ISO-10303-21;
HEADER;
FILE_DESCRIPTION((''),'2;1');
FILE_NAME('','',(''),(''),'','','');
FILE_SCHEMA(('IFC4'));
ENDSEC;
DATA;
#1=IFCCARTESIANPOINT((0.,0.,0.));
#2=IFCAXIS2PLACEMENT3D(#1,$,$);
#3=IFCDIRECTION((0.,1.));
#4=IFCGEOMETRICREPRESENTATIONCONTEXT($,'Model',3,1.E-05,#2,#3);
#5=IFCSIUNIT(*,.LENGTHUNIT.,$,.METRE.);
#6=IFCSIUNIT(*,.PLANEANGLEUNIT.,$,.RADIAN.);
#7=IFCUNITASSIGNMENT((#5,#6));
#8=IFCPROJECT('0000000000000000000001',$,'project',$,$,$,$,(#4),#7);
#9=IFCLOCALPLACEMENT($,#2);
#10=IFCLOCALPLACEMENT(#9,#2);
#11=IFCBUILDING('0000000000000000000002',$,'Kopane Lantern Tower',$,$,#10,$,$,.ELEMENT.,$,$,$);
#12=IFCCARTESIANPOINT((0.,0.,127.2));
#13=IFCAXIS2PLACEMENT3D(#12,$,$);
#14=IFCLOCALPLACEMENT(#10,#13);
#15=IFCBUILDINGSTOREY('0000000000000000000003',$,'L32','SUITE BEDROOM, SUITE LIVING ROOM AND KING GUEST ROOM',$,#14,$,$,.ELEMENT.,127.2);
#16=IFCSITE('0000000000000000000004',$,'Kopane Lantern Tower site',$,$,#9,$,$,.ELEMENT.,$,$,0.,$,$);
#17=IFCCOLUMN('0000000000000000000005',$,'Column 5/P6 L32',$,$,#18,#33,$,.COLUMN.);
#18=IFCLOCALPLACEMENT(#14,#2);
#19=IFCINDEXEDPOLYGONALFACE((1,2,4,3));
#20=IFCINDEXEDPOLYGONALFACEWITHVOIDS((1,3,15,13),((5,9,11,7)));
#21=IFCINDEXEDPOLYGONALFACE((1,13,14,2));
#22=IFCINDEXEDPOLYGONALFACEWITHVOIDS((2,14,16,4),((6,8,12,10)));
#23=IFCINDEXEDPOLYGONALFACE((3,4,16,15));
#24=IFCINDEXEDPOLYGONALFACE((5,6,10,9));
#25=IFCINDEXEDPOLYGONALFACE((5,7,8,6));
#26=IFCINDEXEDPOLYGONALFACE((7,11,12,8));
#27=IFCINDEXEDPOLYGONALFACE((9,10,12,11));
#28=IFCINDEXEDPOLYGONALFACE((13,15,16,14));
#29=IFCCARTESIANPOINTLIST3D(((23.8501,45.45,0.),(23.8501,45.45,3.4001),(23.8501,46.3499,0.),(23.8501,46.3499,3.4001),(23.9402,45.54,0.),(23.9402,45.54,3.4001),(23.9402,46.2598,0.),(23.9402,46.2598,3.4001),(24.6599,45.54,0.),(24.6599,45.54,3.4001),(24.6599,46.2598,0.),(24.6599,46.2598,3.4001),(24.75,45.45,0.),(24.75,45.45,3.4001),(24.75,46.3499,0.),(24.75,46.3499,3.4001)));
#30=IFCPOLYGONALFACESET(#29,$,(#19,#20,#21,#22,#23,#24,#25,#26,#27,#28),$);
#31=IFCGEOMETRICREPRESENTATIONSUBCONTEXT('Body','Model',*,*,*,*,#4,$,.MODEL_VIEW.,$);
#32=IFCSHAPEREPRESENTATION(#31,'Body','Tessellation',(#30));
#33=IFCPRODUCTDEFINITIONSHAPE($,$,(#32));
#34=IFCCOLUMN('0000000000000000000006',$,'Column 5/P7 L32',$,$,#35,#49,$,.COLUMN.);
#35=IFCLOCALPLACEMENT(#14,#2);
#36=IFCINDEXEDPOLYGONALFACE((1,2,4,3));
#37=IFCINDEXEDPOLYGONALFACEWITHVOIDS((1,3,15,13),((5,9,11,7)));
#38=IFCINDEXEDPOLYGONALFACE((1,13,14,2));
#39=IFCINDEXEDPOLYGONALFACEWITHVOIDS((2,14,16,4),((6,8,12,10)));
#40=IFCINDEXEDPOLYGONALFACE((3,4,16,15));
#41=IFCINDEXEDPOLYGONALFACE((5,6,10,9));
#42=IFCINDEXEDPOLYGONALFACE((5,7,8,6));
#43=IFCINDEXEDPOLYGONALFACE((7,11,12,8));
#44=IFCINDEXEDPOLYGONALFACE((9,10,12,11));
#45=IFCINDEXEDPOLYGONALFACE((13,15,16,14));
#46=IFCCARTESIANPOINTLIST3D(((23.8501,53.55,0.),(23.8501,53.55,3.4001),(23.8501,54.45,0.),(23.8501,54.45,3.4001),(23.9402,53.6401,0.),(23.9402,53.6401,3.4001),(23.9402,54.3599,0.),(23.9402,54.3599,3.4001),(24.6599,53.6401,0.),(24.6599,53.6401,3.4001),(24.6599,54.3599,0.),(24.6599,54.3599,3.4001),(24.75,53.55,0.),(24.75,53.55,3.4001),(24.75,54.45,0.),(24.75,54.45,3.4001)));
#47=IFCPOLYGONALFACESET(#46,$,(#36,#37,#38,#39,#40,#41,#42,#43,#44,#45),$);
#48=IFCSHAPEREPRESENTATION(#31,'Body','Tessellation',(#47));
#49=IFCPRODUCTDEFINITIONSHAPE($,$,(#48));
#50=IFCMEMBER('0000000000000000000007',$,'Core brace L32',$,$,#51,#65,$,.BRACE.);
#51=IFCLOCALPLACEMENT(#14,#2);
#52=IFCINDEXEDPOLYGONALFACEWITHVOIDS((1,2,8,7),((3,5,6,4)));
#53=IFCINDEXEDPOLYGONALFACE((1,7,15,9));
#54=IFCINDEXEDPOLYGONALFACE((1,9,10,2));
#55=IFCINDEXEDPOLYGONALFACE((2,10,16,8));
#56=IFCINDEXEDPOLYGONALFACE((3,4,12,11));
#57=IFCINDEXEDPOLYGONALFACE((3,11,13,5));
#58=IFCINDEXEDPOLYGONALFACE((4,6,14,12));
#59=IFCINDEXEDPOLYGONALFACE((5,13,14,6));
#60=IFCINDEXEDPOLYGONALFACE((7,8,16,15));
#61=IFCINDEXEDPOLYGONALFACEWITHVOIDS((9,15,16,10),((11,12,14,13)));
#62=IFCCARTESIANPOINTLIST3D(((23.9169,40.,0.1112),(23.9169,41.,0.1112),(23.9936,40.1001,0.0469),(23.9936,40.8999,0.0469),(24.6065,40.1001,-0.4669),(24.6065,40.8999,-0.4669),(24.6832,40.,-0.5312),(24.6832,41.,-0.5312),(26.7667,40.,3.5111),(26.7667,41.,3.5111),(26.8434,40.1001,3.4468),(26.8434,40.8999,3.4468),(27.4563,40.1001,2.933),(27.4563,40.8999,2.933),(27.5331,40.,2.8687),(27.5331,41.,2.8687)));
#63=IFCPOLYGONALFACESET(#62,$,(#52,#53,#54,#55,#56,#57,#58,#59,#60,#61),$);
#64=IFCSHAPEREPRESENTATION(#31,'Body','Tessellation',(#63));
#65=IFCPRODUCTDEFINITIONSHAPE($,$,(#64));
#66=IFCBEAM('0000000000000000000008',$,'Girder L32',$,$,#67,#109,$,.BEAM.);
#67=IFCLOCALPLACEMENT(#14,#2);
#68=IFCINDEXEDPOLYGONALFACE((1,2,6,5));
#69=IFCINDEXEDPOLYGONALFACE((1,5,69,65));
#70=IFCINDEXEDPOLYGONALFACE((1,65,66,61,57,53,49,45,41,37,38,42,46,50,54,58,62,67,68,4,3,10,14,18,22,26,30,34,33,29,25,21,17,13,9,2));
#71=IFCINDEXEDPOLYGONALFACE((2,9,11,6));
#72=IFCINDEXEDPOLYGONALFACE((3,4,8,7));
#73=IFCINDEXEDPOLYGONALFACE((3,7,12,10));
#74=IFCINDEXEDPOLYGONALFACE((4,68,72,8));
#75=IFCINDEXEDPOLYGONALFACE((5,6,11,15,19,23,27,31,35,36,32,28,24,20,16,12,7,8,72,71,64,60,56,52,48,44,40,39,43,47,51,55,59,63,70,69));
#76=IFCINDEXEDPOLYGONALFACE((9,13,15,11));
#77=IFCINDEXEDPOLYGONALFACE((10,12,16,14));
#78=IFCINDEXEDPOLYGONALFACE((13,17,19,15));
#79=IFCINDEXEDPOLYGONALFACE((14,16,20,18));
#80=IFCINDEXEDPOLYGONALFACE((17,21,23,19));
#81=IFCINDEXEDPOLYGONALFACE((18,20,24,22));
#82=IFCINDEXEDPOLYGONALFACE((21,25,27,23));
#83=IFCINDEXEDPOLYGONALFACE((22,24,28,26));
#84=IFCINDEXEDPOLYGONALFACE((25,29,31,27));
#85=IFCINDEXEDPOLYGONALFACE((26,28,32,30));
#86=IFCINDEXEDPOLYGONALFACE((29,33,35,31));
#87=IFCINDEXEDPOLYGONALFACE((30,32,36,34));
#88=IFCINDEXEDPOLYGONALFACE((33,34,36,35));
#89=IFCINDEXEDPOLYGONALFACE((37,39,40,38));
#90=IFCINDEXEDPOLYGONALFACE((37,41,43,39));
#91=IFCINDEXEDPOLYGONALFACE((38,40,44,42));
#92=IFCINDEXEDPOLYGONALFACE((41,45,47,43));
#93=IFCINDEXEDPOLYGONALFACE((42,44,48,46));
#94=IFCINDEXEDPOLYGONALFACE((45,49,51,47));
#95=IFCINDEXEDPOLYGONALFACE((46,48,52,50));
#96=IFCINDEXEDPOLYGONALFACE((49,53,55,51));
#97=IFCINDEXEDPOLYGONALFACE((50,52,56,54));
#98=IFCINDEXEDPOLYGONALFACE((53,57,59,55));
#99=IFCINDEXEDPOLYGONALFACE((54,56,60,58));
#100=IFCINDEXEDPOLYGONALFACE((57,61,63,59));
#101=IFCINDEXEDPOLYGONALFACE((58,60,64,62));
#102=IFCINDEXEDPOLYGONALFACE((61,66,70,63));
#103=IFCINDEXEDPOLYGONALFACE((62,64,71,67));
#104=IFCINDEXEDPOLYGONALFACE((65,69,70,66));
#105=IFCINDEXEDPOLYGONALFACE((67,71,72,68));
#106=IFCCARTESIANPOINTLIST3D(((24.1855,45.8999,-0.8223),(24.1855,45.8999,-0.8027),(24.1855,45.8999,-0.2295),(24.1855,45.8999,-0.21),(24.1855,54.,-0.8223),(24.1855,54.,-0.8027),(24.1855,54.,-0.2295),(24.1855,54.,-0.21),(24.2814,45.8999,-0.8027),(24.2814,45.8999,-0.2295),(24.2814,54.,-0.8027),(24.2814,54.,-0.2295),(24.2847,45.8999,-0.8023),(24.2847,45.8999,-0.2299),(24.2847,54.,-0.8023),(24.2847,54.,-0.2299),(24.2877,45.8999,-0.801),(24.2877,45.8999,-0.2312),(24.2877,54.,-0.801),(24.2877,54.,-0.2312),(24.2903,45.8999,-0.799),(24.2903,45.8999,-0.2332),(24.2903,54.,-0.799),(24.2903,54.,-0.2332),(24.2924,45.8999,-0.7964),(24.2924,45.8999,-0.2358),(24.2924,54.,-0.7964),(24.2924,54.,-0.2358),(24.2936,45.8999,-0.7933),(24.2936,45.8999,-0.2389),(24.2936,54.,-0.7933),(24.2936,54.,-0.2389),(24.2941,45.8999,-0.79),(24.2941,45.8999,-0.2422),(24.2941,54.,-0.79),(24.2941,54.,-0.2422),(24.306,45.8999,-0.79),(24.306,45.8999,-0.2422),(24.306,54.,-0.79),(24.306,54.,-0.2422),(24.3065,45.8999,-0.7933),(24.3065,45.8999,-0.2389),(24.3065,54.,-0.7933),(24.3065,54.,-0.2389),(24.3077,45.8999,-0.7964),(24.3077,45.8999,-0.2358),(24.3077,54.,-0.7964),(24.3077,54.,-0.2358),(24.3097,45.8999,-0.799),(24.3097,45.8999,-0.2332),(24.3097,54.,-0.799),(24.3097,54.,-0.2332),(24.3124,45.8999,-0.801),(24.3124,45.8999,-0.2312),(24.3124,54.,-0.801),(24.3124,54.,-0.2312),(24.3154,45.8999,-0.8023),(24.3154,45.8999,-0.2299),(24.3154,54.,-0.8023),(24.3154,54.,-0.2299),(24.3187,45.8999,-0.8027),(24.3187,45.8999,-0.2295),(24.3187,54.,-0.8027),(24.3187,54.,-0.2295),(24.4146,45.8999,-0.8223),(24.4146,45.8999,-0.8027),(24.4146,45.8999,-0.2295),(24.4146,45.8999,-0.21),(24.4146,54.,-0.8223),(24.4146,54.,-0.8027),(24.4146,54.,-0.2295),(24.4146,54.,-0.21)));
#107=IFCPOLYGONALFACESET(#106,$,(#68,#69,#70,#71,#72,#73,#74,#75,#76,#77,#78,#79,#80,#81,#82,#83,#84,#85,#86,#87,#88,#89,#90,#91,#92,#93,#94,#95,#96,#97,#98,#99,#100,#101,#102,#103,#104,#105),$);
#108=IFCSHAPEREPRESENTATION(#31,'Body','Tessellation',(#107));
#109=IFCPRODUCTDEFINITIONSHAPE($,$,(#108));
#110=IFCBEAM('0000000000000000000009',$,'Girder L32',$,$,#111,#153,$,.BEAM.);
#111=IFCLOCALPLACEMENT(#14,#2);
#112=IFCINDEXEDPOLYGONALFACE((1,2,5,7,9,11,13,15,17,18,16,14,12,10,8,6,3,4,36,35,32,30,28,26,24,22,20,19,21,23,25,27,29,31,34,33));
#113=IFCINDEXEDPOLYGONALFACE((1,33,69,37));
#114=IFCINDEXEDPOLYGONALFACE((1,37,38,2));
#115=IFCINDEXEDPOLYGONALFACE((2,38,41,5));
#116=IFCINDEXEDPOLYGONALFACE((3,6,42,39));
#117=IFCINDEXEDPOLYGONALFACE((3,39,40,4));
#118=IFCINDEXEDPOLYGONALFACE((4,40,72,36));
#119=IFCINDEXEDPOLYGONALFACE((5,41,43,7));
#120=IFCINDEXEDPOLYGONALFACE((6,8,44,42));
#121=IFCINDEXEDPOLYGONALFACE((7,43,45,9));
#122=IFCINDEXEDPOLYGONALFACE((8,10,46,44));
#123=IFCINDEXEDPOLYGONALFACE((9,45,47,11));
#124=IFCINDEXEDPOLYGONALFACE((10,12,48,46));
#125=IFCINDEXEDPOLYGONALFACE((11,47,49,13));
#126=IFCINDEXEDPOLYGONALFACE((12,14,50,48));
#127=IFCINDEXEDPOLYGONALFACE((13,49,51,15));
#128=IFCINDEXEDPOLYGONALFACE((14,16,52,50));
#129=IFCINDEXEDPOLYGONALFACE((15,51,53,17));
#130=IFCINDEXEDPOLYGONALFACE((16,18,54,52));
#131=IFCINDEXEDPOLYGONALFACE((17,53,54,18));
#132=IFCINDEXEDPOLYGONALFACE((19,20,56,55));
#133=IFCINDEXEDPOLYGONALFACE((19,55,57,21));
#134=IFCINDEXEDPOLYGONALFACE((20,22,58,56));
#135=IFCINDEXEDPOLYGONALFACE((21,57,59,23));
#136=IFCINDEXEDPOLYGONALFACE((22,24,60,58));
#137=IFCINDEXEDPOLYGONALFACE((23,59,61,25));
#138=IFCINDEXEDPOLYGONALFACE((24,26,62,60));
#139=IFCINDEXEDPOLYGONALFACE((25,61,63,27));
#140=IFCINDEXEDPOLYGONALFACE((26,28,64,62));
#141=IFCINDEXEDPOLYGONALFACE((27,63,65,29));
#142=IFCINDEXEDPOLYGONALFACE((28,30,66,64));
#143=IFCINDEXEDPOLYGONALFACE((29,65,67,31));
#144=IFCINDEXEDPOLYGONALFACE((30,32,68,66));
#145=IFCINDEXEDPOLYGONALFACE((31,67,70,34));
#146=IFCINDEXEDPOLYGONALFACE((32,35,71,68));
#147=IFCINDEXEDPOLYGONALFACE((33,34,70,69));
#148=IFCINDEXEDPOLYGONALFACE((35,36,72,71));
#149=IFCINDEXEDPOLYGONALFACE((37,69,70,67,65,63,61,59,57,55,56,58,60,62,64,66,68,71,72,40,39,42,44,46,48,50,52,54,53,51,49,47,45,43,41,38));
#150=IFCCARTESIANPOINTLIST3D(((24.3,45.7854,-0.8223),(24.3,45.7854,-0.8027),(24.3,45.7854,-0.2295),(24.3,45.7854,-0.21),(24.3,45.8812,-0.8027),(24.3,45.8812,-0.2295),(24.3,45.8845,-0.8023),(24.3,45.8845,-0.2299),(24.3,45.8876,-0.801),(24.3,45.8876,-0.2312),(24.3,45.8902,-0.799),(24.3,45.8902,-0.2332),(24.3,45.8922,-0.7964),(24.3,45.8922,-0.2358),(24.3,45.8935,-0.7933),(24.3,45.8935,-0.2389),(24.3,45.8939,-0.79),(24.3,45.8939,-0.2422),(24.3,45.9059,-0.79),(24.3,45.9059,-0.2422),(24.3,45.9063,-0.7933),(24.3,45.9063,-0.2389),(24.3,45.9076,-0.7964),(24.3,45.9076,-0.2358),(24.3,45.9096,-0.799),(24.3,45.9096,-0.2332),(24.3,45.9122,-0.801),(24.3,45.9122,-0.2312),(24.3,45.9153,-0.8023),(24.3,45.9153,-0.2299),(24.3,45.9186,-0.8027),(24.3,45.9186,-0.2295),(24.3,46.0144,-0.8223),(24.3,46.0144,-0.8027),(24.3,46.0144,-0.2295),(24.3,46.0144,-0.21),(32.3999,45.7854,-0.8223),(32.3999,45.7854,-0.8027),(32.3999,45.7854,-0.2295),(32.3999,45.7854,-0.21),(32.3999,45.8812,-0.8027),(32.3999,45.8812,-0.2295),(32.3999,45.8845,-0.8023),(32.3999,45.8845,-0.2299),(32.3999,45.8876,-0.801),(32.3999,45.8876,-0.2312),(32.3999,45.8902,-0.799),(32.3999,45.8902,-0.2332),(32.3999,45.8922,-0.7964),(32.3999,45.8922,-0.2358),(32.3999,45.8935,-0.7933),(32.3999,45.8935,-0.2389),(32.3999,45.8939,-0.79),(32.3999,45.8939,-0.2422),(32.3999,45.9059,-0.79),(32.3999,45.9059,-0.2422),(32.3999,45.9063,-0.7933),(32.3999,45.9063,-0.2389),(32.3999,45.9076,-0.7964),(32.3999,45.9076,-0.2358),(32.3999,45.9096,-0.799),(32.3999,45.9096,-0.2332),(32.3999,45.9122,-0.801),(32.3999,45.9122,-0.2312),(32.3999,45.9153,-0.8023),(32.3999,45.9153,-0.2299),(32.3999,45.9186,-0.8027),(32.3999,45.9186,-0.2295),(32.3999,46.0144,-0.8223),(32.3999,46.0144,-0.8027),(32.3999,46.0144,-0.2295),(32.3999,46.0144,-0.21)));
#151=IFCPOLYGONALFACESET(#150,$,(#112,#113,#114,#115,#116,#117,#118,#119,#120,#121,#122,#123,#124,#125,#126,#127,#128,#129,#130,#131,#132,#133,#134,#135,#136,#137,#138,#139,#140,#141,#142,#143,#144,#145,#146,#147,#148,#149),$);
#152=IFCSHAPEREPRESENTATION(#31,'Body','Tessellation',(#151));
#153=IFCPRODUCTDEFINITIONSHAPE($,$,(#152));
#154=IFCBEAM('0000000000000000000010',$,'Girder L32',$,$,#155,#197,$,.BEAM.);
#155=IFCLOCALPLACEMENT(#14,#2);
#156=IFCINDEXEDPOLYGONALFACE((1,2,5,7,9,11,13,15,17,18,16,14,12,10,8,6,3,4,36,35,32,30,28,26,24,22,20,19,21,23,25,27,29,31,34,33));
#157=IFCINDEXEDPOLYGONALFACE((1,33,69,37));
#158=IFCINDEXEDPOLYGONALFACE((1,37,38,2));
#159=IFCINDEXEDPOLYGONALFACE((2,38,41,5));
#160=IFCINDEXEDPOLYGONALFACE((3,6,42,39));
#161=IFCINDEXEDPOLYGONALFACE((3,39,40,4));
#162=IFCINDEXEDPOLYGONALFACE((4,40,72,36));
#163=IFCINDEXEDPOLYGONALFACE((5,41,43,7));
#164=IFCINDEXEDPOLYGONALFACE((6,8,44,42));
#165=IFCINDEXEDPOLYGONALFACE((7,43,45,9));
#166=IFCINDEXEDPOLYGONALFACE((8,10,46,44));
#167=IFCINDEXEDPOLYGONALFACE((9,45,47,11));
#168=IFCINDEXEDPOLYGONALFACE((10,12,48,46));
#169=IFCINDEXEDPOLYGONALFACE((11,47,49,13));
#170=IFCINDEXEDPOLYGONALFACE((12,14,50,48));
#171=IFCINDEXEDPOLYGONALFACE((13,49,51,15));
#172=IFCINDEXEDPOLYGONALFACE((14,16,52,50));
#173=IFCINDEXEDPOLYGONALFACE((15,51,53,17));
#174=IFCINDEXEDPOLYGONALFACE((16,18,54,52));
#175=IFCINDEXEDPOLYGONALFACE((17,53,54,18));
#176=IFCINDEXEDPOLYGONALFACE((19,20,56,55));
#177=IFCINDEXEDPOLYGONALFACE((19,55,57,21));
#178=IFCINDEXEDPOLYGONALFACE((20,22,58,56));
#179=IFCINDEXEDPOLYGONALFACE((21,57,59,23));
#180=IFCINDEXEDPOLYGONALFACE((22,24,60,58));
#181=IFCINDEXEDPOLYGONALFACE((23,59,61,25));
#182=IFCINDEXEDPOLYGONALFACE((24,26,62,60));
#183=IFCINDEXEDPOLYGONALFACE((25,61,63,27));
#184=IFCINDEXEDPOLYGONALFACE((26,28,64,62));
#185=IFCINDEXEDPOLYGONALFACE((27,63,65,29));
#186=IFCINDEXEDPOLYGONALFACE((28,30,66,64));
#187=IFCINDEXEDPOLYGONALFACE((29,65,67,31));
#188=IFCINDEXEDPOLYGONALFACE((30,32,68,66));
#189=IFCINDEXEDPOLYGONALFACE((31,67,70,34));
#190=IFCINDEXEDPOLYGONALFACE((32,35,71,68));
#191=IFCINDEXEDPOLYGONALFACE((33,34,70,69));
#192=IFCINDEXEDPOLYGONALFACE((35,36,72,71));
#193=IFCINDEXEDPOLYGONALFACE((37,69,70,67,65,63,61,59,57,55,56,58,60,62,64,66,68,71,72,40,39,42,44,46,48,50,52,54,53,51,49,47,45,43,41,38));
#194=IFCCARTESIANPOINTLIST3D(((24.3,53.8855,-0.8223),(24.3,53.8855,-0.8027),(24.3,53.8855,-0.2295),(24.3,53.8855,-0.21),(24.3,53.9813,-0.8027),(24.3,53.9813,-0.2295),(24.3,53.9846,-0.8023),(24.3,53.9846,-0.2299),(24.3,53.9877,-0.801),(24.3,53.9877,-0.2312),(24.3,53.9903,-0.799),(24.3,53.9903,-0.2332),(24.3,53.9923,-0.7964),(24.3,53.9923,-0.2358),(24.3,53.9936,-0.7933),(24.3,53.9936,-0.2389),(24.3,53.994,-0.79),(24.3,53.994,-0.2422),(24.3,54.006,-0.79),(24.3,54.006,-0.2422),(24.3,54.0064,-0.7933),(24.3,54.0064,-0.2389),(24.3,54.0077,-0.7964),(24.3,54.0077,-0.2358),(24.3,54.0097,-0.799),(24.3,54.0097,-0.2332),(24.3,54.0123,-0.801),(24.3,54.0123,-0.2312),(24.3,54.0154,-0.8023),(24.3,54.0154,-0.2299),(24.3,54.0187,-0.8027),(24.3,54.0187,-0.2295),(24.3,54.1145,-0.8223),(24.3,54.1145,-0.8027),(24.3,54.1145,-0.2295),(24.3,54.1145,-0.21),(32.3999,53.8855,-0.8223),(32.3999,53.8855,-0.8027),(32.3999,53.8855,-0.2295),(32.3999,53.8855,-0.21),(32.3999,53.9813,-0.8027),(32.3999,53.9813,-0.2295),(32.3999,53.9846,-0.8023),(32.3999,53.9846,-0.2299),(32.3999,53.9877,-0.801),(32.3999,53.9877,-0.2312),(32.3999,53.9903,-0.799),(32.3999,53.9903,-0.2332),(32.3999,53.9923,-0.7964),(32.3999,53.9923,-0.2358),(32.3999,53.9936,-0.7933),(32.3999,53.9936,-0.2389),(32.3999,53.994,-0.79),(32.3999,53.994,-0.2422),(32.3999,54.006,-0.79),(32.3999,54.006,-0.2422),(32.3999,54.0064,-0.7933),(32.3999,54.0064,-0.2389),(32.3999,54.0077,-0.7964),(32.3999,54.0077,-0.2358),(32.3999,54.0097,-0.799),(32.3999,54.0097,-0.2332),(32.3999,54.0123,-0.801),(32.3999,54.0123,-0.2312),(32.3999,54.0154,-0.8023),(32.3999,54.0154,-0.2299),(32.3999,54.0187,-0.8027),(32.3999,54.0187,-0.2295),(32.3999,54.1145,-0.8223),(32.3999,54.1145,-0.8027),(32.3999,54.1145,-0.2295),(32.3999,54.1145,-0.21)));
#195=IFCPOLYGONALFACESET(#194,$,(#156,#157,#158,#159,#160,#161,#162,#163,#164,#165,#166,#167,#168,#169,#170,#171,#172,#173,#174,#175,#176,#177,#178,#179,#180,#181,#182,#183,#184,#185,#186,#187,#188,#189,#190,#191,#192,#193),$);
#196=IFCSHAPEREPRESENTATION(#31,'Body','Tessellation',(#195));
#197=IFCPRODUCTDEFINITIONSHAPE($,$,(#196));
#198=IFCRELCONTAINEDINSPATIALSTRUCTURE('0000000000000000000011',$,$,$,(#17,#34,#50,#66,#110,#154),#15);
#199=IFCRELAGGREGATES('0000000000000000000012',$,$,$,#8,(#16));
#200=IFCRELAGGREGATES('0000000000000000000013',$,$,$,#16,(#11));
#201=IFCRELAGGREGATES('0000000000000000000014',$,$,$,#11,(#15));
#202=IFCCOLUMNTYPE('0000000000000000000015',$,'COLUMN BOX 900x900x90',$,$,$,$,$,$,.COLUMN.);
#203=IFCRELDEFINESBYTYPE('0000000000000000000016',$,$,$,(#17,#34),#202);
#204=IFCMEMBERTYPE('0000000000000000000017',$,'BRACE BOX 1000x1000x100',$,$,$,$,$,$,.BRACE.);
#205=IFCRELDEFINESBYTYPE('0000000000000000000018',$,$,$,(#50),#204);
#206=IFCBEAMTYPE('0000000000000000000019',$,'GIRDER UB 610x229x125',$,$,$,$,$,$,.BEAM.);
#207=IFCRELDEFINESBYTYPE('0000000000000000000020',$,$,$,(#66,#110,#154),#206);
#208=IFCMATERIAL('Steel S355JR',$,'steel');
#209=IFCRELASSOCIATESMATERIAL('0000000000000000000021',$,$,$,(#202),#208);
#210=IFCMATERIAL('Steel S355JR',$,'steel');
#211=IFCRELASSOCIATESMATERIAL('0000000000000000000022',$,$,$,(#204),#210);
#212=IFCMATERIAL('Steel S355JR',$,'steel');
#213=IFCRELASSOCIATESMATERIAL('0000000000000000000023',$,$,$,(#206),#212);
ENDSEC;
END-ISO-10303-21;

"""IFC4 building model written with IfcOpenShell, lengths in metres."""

from ifc_helpers import new_model, si_unit, direction, frame, origin, origin_2d, place, context, subcontext, project, spatial, hollow_rectangle, i_section, extrude, material, material_profile, profile_set, type_object, element, save


model = new_model("IFC4")

# Units and contexts
model_context = context("Model", 3, precision=1e-05, world=origin(), true_north=direction((0.0, 1.0)))
body_context = subcontext(model_context, "Body", "Model", "MODEL_VIEW")
ifc_project = project(units=[si_unit("LENGTHUNIT", "METRE"), si_unit("PLANEANGLEUNIT", "RADIAN")], contexts=[model_context])

# Site, building, storey
site_placement = place(None, origin())
site = spatial("IfcSite", under=ifc_project, at=site_placement, Name="Kopane Lantern Tower site", CompositionType="ELEMENT", RefElevation=0.0)
building_placement = place(site_placement, origin())
building = spatial("IfcBuilding", under=site, at=building_placement, Name="Kopane Lantern Tower", CompositionType="ELEMENT")
storey_placement = place(building_placement, frame((0.0, 0.0, 127.2)))
storey = spatial("IfcBuildingStorey", under=building, at=storey_placement, Name="L32", Description="SUITE BEDROOM, SUITE LIVING ROOM AND KING GUEST ROOM", CompositionType="ELEMENT", Elevation=127.2)

# Columns
ifc_material_1 = material(Name="Steel S355JR", Category="steel")
ifc_material_profile_1 = material_profile(ifc_material_1, hollow_rectangle(XDim=0.8999, YDim=0.8999, WallThickness=0.0901, at=origin_2d()), Name="BOX 900x900x90")
ifc_profile_set_1 = profile_set([ifc_material_profile_1], Name="Steel S355JR")
column_type = type_object("IfcColumnType", Name="COLUMN BOX 900x900x90", PredefinedType="COLUMN", material=ifc_profile_set_1)
for number, where, z_axis, x_axis, name in (
    (1, (24.3, 45.8999, 0.0), (0.0, 0.0, 1.0), (1.0, 0.0, 0.0), "Column 5/P6 L32"),
    (2, (24.3, 54.0, 0.0), (0.0, 0.0, 1.0), (1.0, 0.0, 0.0), "Column 5/P7 L32"),
):
    element("IfcColumn", number, at=place(storey_placement, frame(where, z_axis=z_axis, x_axis=x_axis)), inside=storey, type_object=column_type, Name=name, PredefinedType="COLUMN", context=body_context, shape_type="SweptSolid", body=[
        extrude(hollow_rectangle(XDim=0.8999, YDim=0.8999, WallThickness=0.0901, at=origin_2d()), origin(), (0.0, 0.0, 1.0), 3.4001),
    ])

# Member
ifc_material_2 = material(Name="Steel S355JR", Category="steel")
ifc_material_profile_2 = material_profile(ifc_material_2, hollow_rectangle(XDim=1.0, YDim=1.0, WallThickness=0.1001, at=origin_2d()), Name="BOX 1000x1000x100")
ifc_profile_set_2 = profile_set([ifc_material_profile_2], Name="Steel S355JR")
member_type = type_object("IfcMemberType", Name="BRACE BOX 1000x1000x100", PredefinedType="BRACE", material=ifc_profile_set_2)
member_placement = place(storey_placement, frame((24.3, 40.5, -0.21), z_axis=(0.64239, 0.0, 0.766378), x_axis=(0.0, 1.0, 0.0)))
element("IfcMember", 3, at=member_placement, inside=storey, type_object=member_type, Name="Core brace L32", PredefinedType="BRACE", context=body_context, shape_type="SweptSolid", body=[
    extrude(hollow_rectangle(XDim=1.0, YDim=1.0, WallThickness=0.1001, at=origin_2d()), origin(), (0.0, 0.0, 1.0), 4.4363),
])

# Beams
ifc_material_3 = material(Name="Steel S355JR", Category="steel")
ifc_material_profile_3 = material_profile(ifc_material_3, i_section(OverallWidth=0.229, OverallDepth=0.6123, WebThickness=0.012, FlangeThickness=0.0195, FilletRadius=0.0127, at=origin_2d()), Name="UB 610x229x125")
ifc_profile_set_3 = profile_set([ifc_material_profile_3], Name="Steel S355JR")
beam_type = type_object("IfcBeamType", Name="GIRDER UB 610x229x125", PredefinedType="BEAM", material=ifc_profile_set_3)
beam_placement = place(storey_placement, frame((24.3, 45.8999, -0.5161), z_axis=(0.0, 1.0, 0.0), x_axis=(-1.0, 0.0, 0.0)))
element("IfcBeam", 4, at=beam_placement, inside=storey, type_object=beam_type, Name="Girder L32", PredefinedType="BEAM", context=body_context, shape_type="SweptSolid", body=[
    extrude(i_section(OverallWidth=0.229, OverallDepth=0.6123, WebThickness=0.012, FlangeThickness=0.0195, FilletRadius=0.0127, at=origin_2d()), origin(), (0.0, 0.0, 1.0), 8.1001),
])
for number, where, z_axis, x_axis, name in (
    (5, (24.3, 45.8999, -0.5161), (1.0, 0.0, 0.0), (0.0, 1.0, 0.0), "Girder L32"),
    (6, (24.3, 54.0, -0.5161), (1.0, 0.0, 0.0), (0.0, 1.0, 0.0), "Girder L32"),
):
    element("IfcBeam", number, at=place(storey_placement, frame(where, z_axis=z_axis, x_axis=x_axis)), inside=storey, type_object=beam_type, Name=name, PredefinedType="BEAM", context=body_context, shape_type="SweptSolid", body=[
        extrude(i_section(OverallWidth=0.229, OverallDepth=0.6123, WebThickness=0.012, FlangeThickness=0.0195, FilletRadius=0.0127, at=origin_2d()), origin(), (0.0, 0.0, 1.0), 8.0999),
    ])

save(model, "model.ifc")
